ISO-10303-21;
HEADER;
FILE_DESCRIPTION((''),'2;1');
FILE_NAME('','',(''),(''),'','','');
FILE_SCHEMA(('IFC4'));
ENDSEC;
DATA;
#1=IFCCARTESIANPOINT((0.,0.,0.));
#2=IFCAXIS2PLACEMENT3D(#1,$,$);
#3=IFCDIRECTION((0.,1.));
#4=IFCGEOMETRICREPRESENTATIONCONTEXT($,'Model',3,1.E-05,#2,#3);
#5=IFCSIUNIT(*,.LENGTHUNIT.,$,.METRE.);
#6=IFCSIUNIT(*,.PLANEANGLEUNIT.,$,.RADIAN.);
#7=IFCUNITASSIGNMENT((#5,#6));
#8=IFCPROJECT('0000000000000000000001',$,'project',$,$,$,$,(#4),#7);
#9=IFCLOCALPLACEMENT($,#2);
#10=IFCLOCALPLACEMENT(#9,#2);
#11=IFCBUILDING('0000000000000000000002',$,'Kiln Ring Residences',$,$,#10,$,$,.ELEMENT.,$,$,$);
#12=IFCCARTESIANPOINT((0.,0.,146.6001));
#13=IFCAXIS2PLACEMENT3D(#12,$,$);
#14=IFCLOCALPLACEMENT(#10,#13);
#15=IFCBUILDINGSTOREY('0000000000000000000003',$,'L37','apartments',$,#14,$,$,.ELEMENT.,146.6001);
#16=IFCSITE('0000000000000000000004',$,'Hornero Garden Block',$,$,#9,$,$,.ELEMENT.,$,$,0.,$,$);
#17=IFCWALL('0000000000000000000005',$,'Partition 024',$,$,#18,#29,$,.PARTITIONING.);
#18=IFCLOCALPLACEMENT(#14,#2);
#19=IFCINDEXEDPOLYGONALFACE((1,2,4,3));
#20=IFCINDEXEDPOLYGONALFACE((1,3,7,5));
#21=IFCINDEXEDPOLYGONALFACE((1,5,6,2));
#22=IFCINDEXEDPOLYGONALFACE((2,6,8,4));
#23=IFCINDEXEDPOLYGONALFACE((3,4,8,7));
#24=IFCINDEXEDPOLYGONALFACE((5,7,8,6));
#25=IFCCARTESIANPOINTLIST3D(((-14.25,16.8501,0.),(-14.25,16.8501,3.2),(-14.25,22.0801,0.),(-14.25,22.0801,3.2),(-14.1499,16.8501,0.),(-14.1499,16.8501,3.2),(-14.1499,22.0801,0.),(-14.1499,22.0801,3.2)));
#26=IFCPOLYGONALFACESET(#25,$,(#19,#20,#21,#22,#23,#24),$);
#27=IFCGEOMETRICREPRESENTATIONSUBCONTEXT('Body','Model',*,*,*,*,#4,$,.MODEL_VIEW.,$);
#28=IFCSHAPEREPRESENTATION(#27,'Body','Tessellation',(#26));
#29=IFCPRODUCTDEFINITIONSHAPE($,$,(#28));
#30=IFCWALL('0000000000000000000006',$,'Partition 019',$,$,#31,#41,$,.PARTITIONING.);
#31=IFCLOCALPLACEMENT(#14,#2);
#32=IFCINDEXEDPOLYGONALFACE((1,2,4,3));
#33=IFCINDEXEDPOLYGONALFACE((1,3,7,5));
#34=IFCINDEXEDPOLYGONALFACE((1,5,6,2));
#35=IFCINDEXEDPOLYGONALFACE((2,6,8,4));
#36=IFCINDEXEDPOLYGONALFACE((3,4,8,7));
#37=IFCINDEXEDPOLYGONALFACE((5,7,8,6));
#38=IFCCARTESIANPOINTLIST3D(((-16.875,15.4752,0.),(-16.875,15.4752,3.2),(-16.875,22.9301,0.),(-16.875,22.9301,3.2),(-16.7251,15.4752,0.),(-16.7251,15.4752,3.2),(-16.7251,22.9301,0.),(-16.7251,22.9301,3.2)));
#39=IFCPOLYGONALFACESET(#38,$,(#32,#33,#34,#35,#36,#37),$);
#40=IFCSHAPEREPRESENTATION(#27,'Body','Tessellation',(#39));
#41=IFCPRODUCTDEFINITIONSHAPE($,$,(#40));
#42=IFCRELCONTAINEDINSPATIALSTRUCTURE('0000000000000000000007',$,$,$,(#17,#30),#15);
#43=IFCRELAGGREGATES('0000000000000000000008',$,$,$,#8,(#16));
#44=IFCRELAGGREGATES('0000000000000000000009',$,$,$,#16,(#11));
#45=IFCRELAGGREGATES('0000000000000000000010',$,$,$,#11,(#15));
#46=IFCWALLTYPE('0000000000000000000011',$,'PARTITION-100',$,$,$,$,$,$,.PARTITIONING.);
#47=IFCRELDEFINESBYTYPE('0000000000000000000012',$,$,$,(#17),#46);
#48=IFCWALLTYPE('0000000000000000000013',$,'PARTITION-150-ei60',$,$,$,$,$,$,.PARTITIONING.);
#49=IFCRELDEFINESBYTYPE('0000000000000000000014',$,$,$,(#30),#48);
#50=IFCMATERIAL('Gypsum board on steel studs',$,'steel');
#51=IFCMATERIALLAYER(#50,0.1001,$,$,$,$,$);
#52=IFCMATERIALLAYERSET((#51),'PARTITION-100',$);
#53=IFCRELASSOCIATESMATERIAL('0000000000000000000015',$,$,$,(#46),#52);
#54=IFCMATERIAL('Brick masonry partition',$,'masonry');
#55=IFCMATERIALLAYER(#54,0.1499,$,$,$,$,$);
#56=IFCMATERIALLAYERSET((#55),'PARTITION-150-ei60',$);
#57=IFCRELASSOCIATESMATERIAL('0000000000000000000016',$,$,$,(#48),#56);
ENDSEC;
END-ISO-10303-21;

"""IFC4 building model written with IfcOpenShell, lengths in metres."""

from ifc_helpers import new_model, si_unit, direction, frame, frame_2d, origin, place, context, subcontext, project, spatial, rectangle, extrude, material, layer, layer_set, type_object, element, save


model = new_model("IFC4")

# Units and contexts
model_context = context("Model", 3, precision=1e-05, world=origin(), true_north=direction((0.0, 1.0)))
body_context = subcontext(model_context, "Body", "Model", "MODEL_VIEW")
ifc_project = project(units=[si_unit("LENGTHUNIT", "METRE"), si_unit("PLANEANGLEUNIT", "RADIAN")], contexts=[model_context])

# Site, building, storey
site_placement = place(None, origin())
site = spatial("IfcSite", under=ifc_project, at=site_placement, Name="Hornero Garden Block", CompositionType="ELEMENT", RefElevation=0.0)
building_placement = place(site_placement, origin())
building = spatial("IfcBuilding", under=site, at=building_placement, Name="Kiln Ring Residences", CompositionType="ELEMENT")
storey_placement = place(building_placement, frame((0.0, 0.0, 146.6001)))
storey = spatial("IfcBuildingStorey", under=building, at=storey_placement, Name="L37", Description="apartments", CompositionType="ELEMENT", Elevation=146.6001)

# Shared definitions
ifc_material_1 = material(Name="Gypsum board on steel studs", Category="steel")
ifc_layer_1 = layer(ifc_material_1, 0.1001)
ifc_layer_set_1 = layer_set([ifc_layer_1], Name="PARTITION-100")
wall_type_1 = type_object("IfcWallType", Name="PARTITION-100", PredefinedType="PARTITIONING", material=ifc_layer_set_1)

# Walls
wall_1_placement = place(storey_placement, frame((-14.2, 16.8501, 0.0), z_axis=(0.0, 0.0, 1.0), x_axis=(0.0, 1.0, 0.0)))
element("IfcWall", 1, at=wall_1_placement, inside=storey, type_object=wall_type_1, Name="Partition 024", PredefinedType="PARTITIONING", context=body_context, shape_type="SweptSolid", body=[
    extrude(rectangle(XDim=5.23, YDim=0.1001, at=frame_2d((2.615, 0.0))), origin(), (0.0, 0.0, 1.0), 3.2),
])
ifc_material_2 = material(Name="Brick masonry partition", Category="masonry")
ifc_layer_2 = layer(ifc_material_2, 0.1499)
ifc_layer_set_2 = layer_set([ifc_layer_2], Name="PARTITION-150-ei60")
wall_type_2 = type_object("IfcWallType", Name="PARTITION-150-ei60", PredefinedType="PARTITIONING", material=ifc_layer_set_2)
wall_2_placement = place(storey_placement, frame((-16.8, 15.4751, 0.0), z_axis=(0.0, 0.0, 1.0), x_axis=(0.0, 1.0, 0.0)))
element("IfcWall", 2, at=wall_2_placement, inside=storey, type_object=wall_type_2, Name="Partition 019", PredefinedType="PARTITIONING", context=body_context, shape_type="SweptSolid", body=[
    extrude(rectangle(XDim=7.4548, YDim=0.1499, at=frame_2d((3.7275, 0.0))), origin(), (0.0, 0.0, 1.0), 3.2),
])

save(model, "model.ifc")
